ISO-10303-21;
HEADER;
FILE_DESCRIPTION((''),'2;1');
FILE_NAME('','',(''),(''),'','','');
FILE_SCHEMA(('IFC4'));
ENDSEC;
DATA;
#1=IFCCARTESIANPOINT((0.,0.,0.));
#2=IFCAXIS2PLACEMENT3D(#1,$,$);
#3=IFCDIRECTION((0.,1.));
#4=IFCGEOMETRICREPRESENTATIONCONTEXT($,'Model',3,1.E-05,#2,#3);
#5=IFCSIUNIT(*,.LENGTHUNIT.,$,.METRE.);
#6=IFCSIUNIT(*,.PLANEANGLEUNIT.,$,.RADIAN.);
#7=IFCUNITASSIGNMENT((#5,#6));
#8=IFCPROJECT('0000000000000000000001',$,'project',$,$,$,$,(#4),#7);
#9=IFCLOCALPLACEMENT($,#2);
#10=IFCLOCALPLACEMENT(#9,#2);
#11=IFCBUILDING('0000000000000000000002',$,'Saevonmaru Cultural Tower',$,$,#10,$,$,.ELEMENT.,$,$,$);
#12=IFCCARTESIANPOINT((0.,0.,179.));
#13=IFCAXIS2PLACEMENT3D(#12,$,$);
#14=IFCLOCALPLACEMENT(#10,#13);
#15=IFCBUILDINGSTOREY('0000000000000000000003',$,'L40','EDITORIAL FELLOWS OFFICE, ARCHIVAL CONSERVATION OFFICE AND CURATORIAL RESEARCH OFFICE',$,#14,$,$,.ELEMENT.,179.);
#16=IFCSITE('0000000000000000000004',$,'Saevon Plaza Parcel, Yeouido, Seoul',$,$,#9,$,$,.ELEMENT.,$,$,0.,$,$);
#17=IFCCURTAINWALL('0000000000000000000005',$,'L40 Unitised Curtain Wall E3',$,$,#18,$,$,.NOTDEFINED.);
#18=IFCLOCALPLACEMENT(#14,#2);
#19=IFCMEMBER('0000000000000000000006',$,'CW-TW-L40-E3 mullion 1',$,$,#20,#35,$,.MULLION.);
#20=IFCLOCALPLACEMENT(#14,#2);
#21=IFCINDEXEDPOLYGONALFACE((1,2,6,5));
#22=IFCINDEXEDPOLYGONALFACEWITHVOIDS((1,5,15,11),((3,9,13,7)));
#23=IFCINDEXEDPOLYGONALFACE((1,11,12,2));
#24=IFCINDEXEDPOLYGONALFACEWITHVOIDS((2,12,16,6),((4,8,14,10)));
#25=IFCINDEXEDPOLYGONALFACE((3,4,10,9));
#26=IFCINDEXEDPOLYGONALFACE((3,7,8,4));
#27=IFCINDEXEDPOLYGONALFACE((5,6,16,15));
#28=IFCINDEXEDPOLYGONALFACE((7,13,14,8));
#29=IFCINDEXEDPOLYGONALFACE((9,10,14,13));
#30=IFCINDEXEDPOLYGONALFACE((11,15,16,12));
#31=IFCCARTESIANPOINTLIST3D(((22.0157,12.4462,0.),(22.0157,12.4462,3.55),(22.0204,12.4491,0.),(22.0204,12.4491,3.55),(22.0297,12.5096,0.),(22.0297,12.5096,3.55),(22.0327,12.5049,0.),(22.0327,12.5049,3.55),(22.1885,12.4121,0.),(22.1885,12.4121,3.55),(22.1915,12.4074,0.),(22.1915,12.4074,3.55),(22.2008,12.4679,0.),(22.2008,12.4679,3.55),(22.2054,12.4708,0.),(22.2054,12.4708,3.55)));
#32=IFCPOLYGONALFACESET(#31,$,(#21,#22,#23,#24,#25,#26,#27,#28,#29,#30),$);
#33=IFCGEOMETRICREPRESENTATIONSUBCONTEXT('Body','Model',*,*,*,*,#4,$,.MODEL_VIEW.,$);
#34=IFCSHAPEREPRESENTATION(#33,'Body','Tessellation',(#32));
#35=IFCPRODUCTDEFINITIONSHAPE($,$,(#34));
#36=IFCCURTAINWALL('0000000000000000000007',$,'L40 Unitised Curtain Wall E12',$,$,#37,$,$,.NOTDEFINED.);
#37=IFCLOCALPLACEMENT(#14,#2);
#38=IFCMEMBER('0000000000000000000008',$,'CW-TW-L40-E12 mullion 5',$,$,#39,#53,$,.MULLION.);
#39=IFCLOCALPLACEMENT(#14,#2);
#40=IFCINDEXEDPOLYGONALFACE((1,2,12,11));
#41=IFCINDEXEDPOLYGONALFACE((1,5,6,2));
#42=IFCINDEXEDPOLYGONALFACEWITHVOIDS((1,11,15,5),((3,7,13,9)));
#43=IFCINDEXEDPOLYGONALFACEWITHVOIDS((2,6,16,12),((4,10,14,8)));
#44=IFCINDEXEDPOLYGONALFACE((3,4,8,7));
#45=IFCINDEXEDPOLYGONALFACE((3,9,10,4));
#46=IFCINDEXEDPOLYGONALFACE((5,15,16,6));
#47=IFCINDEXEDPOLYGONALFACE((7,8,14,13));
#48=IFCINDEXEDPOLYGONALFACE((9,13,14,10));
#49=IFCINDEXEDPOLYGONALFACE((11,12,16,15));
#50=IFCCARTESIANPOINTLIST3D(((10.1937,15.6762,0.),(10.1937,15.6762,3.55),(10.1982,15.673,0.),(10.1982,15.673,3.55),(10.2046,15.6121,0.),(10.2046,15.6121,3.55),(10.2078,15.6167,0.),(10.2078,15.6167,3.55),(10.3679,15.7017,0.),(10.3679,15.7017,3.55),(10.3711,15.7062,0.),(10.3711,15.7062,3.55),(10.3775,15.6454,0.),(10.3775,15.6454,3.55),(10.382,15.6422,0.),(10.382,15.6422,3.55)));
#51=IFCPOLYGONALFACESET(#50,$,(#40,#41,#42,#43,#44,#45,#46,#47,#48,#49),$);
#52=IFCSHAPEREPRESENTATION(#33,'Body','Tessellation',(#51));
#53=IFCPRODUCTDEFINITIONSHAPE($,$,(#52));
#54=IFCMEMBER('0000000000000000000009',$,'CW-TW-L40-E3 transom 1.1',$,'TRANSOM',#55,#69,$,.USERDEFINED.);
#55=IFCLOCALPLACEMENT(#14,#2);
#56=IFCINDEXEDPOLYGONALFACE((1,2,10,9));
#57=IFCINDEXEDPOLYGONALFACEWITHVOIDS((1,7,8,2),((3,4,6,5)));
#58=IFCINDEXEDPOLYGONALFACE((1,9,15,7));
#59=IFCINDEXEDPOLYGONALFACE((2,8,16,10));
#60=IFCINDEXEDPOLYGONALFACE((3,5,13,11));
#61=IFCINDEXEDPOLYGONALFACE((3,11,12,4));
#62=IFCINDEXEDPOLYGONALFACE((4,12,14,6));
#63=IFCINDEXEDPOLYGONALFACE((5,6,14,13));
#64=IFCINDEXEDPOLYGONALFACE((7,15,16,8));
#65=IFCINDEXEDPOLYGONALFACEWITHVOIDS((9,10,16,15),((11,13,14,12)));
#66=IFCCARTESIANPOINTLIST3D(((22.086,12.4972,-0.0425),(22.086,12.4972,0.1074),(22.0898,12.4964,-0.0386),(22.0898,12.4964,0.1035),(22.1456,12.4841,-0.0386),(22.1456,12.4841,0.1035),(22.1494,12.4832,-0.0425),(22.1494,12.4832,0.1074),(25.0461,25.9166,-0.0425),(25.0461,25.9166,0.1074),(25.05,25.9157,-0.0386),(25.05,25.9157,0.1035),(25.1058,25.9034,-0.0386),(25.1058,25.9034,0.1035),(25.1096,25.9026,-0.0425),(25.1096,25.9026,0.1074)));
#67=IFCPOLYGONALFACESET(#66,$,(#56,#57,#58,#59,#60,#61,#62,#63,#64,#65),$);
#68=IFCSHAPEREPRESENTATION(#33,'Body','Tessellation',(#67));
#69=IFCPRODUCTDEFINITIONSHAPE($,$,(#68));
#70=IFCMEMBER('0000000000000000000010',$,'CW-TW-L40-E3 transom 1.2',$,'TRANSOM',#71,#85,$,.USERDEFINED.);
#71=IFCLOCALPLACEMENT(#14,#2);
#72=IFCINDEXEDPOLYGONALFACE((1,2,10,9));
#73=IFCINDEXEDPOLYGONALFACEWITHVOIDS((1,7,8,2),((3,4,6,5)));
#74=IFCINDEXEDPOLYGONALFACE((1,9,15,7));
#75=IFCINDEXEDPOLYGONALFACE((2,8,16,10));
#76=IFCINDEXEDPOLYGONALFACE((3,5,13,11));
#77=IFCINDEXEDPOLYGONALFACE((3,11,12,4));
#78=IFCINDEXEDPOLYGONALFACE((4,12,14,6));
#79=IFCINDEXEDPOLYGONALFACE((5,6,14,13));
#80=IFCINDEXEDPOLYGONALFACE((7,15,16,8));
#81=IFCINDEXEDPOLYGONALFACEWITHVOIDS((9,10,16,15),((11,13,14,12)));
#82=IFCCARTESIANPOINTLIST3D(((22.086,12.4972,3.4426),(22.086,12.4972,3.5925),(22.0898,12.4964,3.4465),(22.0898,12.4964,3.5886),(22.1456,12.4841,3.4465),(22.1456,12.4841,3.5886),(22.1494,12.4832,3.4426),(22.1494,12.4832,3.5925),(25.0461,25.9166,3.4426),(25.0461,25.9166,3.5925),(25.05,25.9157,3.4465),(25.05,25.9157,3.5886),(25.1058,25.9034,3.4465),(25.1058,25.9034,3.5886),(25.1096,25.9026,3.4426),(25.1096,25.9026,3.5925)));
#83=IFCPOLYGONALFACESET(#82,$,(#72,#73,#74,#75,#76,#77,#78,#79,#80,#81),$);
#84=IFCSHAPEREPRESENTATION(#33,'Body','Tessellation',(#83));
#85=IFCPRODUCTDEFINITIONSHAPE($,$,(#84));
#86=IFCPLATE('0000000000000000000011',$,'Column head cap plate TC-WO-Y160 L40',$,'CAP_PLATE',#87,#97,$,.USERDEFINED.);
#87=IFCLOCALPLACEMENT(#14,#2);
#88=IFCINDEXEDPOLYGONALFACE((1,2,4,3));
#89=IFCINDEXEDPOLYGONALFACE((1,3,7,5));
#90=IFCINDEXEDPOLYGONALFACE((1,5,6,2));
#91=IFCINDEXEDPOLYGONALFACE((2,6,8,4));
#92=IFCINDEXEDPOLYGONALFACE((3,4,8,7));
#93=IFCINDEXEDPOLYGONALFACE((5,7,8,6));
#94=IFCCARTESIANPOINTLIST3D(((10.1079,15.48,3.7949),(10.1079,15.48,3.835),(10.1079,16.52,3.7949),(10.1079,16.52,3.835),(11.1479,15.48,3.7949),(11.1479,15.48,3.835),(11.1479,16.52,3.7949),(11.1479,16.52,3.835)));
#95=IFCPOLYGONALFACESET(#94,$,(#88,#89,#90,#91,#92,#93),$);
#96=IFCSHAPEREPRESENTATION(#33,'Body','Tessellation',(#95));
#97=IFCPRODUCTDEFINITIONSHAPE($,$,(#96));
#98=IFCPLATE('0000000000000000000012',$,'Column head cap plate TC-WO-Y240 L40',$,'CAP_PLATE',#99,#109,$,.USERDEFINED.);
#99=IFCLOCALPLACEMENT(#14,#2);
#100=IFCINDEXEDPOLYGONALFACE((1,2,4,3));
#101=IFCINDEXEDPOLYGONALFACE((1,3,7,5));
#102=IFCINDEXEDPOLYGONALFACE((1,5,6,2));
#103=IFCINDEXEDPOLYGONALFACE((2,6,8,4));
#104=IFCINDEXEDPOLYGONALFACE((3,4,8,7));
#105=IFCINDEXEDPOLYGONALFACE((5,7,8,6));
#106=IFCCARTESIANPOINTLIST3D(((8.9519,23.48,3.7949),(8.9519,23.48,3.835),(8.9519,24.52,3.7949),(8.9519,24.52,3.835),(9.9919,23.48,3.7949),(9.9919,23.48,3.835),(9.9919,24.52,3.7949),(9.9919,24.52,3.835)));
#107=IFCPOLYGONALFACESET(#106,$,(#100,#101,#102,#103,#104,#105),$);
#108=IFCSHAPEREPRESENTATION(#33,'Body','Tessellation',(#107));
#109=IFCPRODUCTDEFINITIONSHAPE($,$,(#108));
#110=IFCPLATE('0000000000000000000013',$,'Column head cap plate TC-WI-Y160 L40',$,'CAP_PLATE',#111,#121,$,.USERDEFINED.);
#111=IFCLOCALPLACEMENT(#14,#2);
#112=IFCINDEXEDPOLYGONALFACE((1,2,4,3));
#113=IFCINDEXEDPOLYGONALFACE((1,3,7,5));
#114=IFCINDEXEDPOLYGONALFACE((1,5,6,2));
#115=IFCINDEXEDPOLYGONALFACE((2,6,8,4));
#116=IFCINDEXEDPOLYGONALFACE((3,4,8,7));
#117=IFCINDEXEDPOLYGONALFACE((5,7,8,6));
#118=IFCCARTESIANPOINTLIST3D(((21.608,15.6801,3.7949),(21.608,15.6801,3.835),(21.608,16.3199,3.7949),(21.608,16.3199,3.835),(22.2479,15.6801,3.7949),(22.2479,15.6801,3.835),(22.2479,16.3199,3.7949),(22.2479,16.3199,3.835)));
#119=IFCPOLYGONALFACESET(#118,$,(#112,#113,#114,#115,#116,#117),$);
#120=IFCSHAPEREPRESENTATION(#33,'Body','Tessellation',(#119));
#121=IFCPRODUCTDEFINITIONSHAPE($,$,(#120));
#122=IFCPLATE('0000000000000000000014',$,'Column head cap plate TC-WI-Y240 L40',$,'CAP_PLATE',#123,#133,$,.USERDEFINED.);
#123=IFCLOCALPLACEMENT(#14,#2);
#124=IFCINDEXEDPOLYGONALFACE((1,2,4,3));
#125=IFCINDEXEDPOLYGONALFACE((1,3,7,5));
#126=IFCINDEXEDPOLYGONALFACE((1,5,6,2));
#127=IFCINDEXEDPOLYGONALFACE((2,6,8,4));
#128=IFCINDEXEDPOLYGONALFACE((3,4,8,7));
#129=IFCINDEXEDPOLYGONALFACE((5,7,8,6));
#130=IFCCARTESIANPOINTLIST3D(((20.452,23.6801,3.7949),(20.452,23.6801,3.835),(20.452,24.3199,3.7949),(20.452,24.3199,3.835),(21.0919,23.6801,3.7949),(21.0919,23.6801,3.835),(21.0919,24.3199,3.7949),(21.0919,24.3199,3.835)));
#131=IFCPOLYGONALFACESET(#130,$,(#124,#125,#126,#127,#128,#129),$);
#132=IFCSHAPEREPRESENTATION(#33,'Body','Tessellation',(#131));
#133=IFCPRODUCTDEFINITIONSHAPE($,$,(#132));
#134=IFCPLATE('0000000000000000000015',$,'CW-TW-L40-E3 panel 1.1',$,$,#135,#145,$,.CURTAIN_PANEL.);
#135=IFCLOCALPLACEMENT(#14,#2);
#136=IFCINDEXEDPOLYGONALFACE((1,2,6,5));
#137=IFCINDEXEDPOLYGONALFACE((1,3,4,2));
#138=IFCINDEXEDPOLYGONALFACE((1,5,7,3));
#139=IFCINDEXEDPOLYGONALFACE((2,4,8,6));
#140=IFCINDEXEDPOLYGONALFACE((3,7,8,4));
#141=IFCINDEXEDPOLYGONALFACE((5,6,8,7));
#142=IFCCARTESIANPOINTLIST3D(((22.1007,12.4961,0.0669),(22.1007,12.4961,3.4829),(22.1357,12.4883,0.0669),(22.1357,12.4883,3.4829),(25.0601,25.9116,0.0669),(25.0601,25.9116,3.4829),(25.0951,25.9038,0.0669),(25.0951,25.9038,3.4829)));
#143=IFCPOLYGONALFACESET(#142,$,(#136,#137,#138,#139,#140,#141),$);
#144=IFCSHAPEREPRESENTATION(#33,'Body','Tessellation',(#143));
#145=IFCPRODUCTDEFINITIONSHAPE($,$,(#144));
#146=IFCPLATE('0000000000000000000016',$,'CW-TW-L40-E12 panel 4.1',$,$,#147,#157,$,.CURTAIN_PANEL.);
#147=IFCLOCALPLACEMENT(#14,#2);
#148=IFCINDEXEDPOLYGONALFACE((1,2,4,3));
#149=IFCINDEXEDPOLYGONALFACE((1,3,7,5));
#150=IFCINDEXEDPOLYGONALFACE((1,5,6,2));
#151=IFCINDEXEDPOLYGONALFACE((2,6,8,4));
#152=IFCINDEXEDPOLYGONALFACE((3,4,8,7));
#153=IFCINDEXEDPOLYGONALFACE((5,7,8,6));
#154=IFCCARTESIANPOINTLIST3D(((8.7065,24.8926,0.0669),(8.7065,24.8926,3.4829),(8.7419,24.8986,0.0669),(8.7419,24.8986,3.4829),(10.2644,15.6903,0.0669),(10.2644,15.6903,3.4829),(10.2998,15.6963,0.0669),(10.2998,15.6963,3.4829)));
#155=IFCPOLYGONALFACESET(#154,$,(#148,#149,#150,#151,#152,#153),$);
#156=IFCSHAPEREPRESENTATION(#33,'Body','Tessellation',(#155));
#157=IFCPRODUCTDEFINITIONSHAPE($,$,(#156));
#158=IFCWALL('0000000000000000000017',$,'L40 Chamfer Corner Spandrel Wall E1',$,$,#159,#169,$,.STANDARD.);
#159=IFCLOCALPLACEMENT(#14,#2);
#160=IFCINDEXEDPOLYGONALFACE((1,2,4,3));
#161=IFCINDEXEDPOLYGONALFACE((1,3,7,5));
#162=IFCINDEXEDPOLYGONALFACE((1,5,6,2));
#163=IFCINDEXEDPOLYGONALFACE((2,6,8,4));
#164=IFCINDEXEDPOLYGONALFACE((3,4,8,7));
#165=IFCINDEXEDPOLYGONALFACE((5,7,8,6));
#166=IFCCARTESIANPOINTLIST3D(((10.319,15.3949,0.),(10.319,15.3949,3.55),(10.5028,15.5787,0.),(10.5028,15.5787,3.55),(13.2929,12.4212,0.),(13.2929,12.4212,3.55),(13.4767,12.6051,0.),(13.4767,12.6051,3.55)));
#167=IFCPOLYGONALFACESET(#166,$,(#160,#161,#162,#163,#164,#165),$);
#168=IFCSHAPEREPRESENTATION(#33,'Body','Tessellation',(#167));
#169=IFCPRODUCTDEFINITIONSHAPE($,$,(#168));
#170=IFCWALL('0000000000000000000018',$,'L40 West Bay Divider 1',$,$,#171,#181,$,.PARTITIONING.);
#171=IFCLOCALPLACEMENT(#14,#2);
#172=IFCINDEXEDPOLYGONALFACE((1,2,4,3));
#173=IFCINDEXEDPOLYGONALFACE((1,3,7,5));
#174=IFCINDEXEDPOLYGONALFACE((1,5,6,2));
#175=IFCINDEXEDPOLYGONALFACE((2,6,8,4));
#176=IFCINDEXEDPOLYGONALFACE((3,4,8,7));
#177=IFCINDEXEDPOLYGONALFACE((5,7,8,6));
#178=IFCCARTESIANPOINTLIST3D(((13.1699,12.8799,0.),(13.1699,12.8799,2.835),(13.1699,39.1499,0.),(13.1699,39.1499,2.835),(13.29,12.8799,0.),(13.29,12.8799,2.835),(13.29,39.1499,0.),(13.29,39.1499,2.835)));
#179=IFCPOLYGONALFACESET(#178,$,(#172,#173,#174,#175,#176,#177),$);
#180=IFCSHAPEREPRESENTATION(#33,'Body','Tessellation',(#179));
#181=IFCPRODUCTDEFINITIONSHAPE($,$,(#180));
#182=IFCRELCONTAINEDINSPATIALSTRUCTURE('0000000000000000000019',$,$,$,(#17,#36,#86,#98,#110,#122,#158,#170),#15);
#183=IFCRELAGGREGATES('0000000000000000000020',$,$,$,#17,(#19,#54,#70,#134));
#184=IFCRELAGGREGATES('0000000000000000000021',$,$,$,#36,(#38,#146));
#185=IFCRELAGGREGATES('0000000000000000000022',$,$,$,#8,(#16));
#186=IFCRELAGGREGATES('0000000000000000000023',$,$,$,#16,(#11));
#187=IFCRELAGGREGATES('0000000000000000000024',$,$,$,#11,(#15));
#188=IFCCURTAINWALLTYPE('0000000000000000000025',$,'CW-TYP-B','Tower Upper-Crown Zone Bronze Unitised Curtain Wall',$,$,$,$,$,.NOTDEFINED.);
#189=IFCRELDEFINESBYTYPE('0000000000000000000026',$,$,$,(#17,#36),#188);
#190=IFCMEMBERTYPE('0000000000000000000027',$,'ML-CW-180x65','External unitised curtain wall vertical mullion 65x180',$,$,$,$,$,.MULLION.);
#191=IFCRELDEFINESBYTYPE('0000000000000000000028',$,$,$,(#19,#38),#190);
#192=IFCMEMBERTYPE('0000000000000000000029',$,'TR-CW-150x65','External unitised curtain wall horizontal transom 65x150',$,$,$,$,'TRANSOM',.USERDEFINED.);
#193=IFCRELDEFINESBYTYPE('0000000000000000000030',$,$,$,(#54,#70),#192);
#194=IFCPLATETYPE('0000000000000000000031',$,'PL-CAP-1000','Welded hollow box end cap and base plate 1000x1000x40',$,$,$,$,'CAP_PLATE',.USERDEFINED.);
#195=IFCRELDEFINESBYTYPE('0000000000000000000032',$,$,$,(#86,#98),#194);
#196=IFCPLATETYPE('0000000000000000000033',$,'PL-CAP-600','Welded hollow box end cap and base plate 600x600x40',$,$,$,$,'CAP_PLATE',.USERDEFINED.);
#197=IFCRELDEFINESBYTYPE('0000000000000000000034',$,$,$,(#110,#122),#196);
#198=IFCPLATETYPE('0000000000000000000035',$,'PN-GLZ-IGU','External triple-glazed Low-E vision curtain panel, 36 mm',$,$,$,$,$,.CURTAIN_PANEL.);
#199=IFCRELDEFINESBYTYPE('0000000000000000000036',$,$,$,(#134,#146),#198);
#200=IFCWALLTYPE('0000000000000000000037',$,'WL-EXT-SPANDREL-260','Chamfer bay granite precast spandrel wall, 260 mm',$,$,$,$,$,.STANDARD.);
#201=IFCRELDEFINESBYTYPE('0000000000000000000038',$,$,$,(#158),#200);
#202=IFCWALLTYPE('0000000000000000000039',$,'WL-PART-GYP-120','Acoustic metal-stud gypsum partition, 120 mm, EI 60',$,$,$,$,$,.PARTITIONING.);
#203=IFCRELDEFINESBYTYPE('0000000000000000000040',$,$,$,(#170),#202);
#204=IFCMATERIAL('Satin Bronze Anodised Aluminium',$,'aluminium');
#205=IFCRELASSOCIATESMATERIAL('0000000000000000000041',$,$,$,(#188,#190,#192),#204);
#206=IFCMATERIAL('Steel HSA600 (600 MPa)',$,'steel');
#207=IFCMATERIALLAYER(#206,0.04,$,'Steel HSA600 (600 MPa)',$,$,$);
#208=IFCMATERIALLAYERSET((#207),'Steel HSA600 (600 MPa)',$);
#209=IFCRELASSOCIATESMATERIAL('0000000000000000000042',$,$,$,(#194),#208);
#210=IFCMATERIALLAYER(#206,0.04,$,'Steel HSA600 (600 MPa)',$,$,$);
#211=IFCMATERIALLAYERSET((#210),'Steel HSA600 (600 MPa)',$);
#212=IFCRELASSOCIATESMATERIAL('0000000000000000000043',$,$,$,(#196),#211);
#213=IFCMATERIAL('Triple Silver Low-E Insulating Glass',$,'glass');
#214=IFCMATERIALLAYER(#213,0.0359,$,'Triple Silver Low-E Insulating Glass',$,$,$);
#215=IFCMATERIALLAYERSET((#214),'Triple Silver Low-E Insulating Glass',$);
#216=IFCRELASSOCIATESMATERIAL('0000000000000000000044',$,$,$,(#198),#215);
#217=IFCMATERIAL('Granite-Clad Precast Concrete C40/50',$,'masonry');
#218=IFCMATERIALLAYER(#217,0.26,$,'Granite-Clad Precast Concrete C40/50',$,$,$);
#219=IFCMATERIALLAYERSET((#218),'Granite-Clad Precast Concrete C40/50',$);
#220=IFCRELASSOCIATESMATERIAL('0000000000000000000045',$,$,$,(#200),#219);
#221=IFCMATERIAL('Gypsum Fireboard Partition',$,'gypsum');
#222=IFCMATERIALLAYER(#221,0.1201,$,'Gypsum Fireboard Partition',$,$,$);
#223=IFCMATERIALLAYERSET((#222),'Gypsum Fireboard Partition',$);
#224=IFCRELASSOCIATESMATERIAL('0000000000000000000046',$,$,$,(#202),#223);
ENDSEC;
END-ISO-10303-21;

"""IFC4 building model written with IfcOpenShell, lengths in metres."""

from ifc_helpers import new_model, si_unit, direction, frame, frame_2d, origin, origin_2d, place, context, subcontext, project, spatial, rectangle, hollow_rectangle, extrude, material, layer, layer_set, material_profile, profile_set, type_object, element, aggregate, save


model = new_model("IFC4")

# Units and contexts
model_context = context("Model", 3, precision=1e-05, world=origin(), true_north=direction((0.0, 1.0)))
body_context = subcontext(model_context, "Body", "Model", "MODEL_VIEW")
ifc_project = project(units=[si_unit("LENGTHUNIT", "METRE"), si_unit("PLANEANGLEUNIT", "RADIAN")], contexts=[model_context])

# Site, building, storey
site_placement = place(None, origin())
site = spatial("IfcSite", under=ifc_project, at=site_placement, Name="Saevon Plaza Parcel, Yeouido, Seoul", CompositionType="ELEMENT", RefElevation=0.0)
building_placement = place(site_placement, origin())
building = spatial("IfcBuilding", under=site, at=building_placement, Name="Saevonmaru Cultural Tower", CompositionType="ELEMENT")
storey_placement = place(building_placement, frame((0.0, 0.0, 179.0)))
storey = spatial("IfcBuildingStorey", under=building, at=storey_placement, Name="L40", Description="EDITORIAL FELLOWS OFFICE, ARCHIVAL CONSERVATION OFFICE AND CURATORIAL RESEARCH OFFICE", CompositionType="ELEMENT", Elevation=179.0)

# Curtain walls, members
ifc_material_1 = material(Name="Satin Bronze Anodised Aluminium", Category="aluminium")
curtain_wall_type = type_object("IfcCurtainWallType", Name="CW-TYP-B", Description="Tower Upper-Crown Zone Bronze Unitised Curtain Wall", PredefinedType="NOTDEFINED", material=ifc_material_1)
curtain_wall_1_placement = place(storey_placement, origin())
curtain_wall_1 = element("IfcCurtainWall", 1, at=curtain_wall_1_placement, inside=storey, type_object=curtain_wall_type, Name="L40 Unitised Curtain Wall E3", PredefinedType="NOTDEFINED")
ifc_material_profile_1 = material_profile(ifc_material_1, hollow_rectangle(XDim=0.0649, YDim=0.1799, WallThickness=0.0039, at=origin_2d()), Name="ALU-MULL-180x65x4")
ifc_profile_set_1 = profile_set([ifc_material_profile_1], Name="Satin Bronze Anodised Aluminium")
member_type_1 = type_object("IfcMemberType", Name="ML-CW-180x65", Description="External unitised curtain wall vertical mullion 65x180", PredefinedType="MULLION", material=ifc_profile_set_1)
member_1_placement = place(storey_placement, frame((22.1106, 12.4585, 0.0), z_axis=(0.0, 0.0, 1.0), x_axis=(0.215413, 0.976523, 0.0)))
member_1 = element("IfcMember", 2, at=member_1_placement, type_object=member_type_1, Name="CW-TW-L40-E3 mullion 1", PredefinedType="MULLION", context=body_context, shape_type="SweptSolid", body=[
    extrude(hollow_rectangle(XDim=0.0649, YDim=0.1799, WallThickness=0.0039, at=origin_2d()), origin(), (0.0, 0.0, 1.0), 3.55),
])
curtain_wall_2_placement = place(storey_placement, origin())
curtain_wall_2 = element("IfcCurtainWall", 3, at=curtain_wall_2_placement, inside=storey, type_object=curtain_wall_type, Name="L40 Unitised Curtain Wall E12", PredefinedType="NOTDEFINED")
member_2_placement = place(storey_placement, frame((10.2878, 15.6592, 0.0), z_axis=(0.0, 0.0, 1.0), x_axis=(0.166922, -0.98597, 0.0)))
member_2 = element("IfcMember", 4, at=member_2_placement, type_object=member_type_1, Name="CW-TW-L40-E12 mullion 5", PredefinedType="MULLION", context=body_context, shape_type="SweptSolid", body=[
    extrude(hollow_rectangle(XDim=0.0649, YDim=0.1799, WallThickness=0.0039, at=origin_2d()), origin(), (0.0, 0.0, 1.0), 3.55),
])

# Members
ifc_material_profile_2 = material_profile(ifc_material_1, hollow_rectangle(XDim=0.0649, YDim=0.1499, WallThickness=0.0039, at=origin_2d()), Name="ALU-TRAN-150x65x4")
ifc_profile_set_2 = profile_set([ifc_material_profile_2], Name="Satin Bronze Anodised Aluminium")
member_type_2 = type_object("IfcMemberType", Name="TR-CW-150x65", Description="External unitised curtain wall horizontal transom 65x150", ElementType="TRANSOM", PredefinedType="USERDEFINED", material=ifc_profile_set_2)
member_3_placement = place(storey_placement, frame((22.1177, 12.4902, 0.0325), z_axis=(0.215412, 0.976523, 0.0), x_axis=(-0.976523, 0.215412, 0.0)))
member_3 = element("IfcMember", 5, at=member_3_placement, type_object=member_type_2, Name="CW-TW-L40-E3 transom 1.1", ObjectType="TRANSOM", PredefinedType="USERDEFINED", context=body_context, shape_type="SweptSolid", body=[
    extrude(hollow_rectangle(XDim=0.0649, YDim=0.1499, WallThickness=0.0039, at=origin_2d()), origin(), (0.0, 0.0, 1.0), 13.7419),
])
member_4_placement = place(storey_placement, frame((22.1177, 12.4902, 3.5176), z_axis=(0.215412, 0.976523, 0.0), x_axis=(-0.976523, 0.215412, 0.0)))
member_4 = element("IfcMember", 6, at=member_4_placement, type_object=member_type_2, Name="CW-TW-L40-E3 transom 1.2", ObjectType="TRANSOM", PredefinedType="USERDEFINED", context=body_context, shape_type="SweptSolid", body=[
    extrude(hollow_rectangle(XDim=0.0649, YDim=0.1499, WallThickness=0.0039, at=origin_2d()), origin(), (0.0, 0.0, 1.0), 13.7419),
])

# Plates
ifc_material_2 = material(Name="Steel HSA600 (600 MPa)", Category="steel")
ifc_layer_1 = layer(ifc_material_2, 0.04, Name="Steel HSA600 (600 MPa)")
ifc_layer_set_1 = layer_set([ifc_layer_1], Name="Steel HSA600 (600 MPa)")
plate_type_1 = type_object("IfcPlateType", Name="PL-CAP-1000", Description="Welded hollow box end cap and base plate 1000x1000x40", ElementType="CAP_PLATE", PredefinedType="USERDEFINED", material=ifc_layer_set_1)
for number, where, z_axis, x_axis, name in (
    (7, (10.6279, 16.0, 3.7949), (0.0, 0.0, 1.0), (1.0, 0.0, 0.0), "Column head cap plate TC-WO-Y160 L40"),
    (8, (9.4719, 24.0, 3.7949), (0.0, 0.0, 1.0), (1.0, 0.0, 0.0), "Column head cap plate TC-WO-Y240 L40"),
):
    element("IfcPlate", number, at=place(storey_placement, frame(where, z_axis=z_axis, x_axis=x_axis)), inside=storey, type_object=plate_type_1, Name=name, ObjectType="CAP_PLATE", PredefinedType="USERDEFINED", context=body_context, shape_type="SweptSolid", body=[
        extrude(rectangle(XDim=1.04, YDim=1.04, at=origin_2d()), origin(), (0.0, 0.0, 1.0), 0.04),
    ])
ifc_layer_2 = layer(ifc_material_2, 0.04, Name="Steel HSA600 (600 MPa)")
ifc_layer_set_2 = layer_set([ifc_layer_2], Name="Steel HSA600 (600 MPa)")
plate_type_2 = type_object("IfcPlateType", Name="PL-CAP-600", Description="Welded hollow box end cap and base plate 600x600x40", ElementType="CAP_PLATE", PredefinedType="USERDEFINED", material=ifc_layer_set_2)
for number, where, z_axis, x_axis, name in (
    (9, (21.928, 16.0, 3.7949), (0.0, 0.0, 1.0), (1.0, 0.0, 0.0), "Column head cap plate TC-WI-Y160 L40"),
    (10, (20.772, 24.0, 3.7949), (0.0, 0.0, 1.0), (1.0, 0.0, 0.0), "Column head cap plate TC-WI-Y240 L40"),
):
    element("IfcPlate", number, at=place(storey_placement, frame(where, z_axis=z_axis, x_axis=x_axis)), inside=storey, type_object=plate_type_2, Name=name, ObjectType="CAP_PLATE", PredefinedType="USERDEFINED", context=body_context, shape_type="SweptSolid", body=[
        extrude(rectangle(XDim=0.6399, YDim=0.6399, at=origin_2d()), origin(), (0.0, 0.0, 1.0), 0.04),
    ])

# Plates
ifc_material_3 = material(Name="Triple Silver Low-E Insulating Glass", Category="glass")
ifc_layer_3 = layer(ifc_material_3, 0.0359, Name="Triple Silver Low-E Insulating Glass")
ifc_layer_set_3 = layer_set([ifc_layer_3], Name="Triple Silver Low-E Insulating Glass")
plate_type_3 = type_object("IfcPlateType", Name="PN-GLZ-IGU", Description="External triple-glazed Low-E vision curtain panel, 36 mm", PredefinedType="CURTAIN_PANEL", material=ifc_layer_set_3)
plate_1_placement = place(storey_placement, frame((23.5979, 19.2, 0.0669), z_axis=(0.0, 0.0, 1.0), x_axis=(0.215413, 0.976523, 0.0)))
plate_1 = element("IfcPlate", 11, at=plate_1_placement, type_object=plate_type_3, Name="CW-TW-L40-E3 panel 1.1", PredefinedType="CURTAIN_PANEL", context=body_context, shape_type="SweptSolid", body=[
    extrude(rectangle(XDim=13.738, YDim=0.0359, at=origin_2d()), origin(), (0.0, 0.0, 1.0), 3.416),
])
aggregate(curtain_wall_1, [member_1, member_3, member_4, plate_1])
plate_2_placement = place(storey_placement, frame((9.5032, 20.2944, 0.0669), z_axis=(0.0, 0.0, 1.0), x_axis=(0.166922, -0.98597, 0.0)))
plate_2 = element("IfcPlate", 12, at=plate_2_placement, type_object=plate_type_3, Name="CW-TW-L40-E12 panel 4.1", PredefinedType="CURTAIN_PANEL", context=body_context, shape_type="SweptSolid", body=[
    extrude(rectangle(XDim=9.3333, YDim=0.0359, at=origin_2d()), origin(), (0.0, 0.0, 1.0), 3.416),
])
aggregate(curtain_wall_2, [member_2, plate_2])

# Walls
ifc_material_4 = material(Name="Granite-Clad Precast Concrete C40/50", Category="masonry")
ifc_layer_4 = layer(ifc_material_4, 0.26, Name="Granite-Clad Precast Concrete C40/50")
ifc_layer_set_4 = layer_set([ifc_layer_4], Name="Granite-Clad Precast Concrete C40/50")
wall_type_1 = type_object("IfcWallType", Name="WL-EXT-SPANDREL-260", Description="Chamfer bay granite precast spandrel wall, 260 mm", PredefinedType="STANDARD", material=ifc_layer_set_4)
wall_1_placement = place(storey_placement, frame((10.4109, 15.4868, 0.0), z_axis=(0.0, 0.0, 1.0), x_axis=(0.707136, -0.707078, 0.0)))
element("IfcWall", 13, at=wall_1_placement, inside=storey, type_object=wall_type_1, Name="L40 Chamfer Corner Spandrel Wall E1", PredefinedType="STANDARD", context=body_context, shape_type="SweptSolid", body=[
    extrude(rectangle(XDim=4.2056, YDim=0.26, at=frame_2d((2.1028, 0.0))), origin(), (0.0, 0.0, 1.0), 3.55),
])
ifc_material_5 = material(Name="Gypsum Fireboard Partition", Category="gypsum")
ifc_layer_5 = layer(ifc_material_5, 0.1201, Name="Gypsum Fireboard Partition")
ifc_layer_set_5 = layer_set([ifc_layer_5], Name="Gypsum Fireboard Partition")
wall_type_2 = type_object("IfcWallType", Name="WL-PART-GYP-120", Description="Acoustic metal-stud gypsum partition, 120 mm, EI 60", PredefinedType="PARTITIONING", material=ifc_layer_set_5)
wall_2_placement = place(storey_placement, frame((13.23, 12.8799, 0.0), z_axis=(0.0, 0.0, 1.0), x_axis=(0.0, 1.0, 0.0)))
element("IfcWall", 14, at=wall_2_placement, inside=storey, type_object=wall_type_2, Name="L40 West Bay Divider 1", PredefinedType="PARTITIONING", context=body_context, shape_type="SweptSolid", body=[
    extrude(rectangle(XDim=26.27, YDim=0.1201, at=frame_2d((13.135, 0.0))), origin(), (0.0, 0.0, 1.0), 2.835),
])

save(model, "model.ifc")
